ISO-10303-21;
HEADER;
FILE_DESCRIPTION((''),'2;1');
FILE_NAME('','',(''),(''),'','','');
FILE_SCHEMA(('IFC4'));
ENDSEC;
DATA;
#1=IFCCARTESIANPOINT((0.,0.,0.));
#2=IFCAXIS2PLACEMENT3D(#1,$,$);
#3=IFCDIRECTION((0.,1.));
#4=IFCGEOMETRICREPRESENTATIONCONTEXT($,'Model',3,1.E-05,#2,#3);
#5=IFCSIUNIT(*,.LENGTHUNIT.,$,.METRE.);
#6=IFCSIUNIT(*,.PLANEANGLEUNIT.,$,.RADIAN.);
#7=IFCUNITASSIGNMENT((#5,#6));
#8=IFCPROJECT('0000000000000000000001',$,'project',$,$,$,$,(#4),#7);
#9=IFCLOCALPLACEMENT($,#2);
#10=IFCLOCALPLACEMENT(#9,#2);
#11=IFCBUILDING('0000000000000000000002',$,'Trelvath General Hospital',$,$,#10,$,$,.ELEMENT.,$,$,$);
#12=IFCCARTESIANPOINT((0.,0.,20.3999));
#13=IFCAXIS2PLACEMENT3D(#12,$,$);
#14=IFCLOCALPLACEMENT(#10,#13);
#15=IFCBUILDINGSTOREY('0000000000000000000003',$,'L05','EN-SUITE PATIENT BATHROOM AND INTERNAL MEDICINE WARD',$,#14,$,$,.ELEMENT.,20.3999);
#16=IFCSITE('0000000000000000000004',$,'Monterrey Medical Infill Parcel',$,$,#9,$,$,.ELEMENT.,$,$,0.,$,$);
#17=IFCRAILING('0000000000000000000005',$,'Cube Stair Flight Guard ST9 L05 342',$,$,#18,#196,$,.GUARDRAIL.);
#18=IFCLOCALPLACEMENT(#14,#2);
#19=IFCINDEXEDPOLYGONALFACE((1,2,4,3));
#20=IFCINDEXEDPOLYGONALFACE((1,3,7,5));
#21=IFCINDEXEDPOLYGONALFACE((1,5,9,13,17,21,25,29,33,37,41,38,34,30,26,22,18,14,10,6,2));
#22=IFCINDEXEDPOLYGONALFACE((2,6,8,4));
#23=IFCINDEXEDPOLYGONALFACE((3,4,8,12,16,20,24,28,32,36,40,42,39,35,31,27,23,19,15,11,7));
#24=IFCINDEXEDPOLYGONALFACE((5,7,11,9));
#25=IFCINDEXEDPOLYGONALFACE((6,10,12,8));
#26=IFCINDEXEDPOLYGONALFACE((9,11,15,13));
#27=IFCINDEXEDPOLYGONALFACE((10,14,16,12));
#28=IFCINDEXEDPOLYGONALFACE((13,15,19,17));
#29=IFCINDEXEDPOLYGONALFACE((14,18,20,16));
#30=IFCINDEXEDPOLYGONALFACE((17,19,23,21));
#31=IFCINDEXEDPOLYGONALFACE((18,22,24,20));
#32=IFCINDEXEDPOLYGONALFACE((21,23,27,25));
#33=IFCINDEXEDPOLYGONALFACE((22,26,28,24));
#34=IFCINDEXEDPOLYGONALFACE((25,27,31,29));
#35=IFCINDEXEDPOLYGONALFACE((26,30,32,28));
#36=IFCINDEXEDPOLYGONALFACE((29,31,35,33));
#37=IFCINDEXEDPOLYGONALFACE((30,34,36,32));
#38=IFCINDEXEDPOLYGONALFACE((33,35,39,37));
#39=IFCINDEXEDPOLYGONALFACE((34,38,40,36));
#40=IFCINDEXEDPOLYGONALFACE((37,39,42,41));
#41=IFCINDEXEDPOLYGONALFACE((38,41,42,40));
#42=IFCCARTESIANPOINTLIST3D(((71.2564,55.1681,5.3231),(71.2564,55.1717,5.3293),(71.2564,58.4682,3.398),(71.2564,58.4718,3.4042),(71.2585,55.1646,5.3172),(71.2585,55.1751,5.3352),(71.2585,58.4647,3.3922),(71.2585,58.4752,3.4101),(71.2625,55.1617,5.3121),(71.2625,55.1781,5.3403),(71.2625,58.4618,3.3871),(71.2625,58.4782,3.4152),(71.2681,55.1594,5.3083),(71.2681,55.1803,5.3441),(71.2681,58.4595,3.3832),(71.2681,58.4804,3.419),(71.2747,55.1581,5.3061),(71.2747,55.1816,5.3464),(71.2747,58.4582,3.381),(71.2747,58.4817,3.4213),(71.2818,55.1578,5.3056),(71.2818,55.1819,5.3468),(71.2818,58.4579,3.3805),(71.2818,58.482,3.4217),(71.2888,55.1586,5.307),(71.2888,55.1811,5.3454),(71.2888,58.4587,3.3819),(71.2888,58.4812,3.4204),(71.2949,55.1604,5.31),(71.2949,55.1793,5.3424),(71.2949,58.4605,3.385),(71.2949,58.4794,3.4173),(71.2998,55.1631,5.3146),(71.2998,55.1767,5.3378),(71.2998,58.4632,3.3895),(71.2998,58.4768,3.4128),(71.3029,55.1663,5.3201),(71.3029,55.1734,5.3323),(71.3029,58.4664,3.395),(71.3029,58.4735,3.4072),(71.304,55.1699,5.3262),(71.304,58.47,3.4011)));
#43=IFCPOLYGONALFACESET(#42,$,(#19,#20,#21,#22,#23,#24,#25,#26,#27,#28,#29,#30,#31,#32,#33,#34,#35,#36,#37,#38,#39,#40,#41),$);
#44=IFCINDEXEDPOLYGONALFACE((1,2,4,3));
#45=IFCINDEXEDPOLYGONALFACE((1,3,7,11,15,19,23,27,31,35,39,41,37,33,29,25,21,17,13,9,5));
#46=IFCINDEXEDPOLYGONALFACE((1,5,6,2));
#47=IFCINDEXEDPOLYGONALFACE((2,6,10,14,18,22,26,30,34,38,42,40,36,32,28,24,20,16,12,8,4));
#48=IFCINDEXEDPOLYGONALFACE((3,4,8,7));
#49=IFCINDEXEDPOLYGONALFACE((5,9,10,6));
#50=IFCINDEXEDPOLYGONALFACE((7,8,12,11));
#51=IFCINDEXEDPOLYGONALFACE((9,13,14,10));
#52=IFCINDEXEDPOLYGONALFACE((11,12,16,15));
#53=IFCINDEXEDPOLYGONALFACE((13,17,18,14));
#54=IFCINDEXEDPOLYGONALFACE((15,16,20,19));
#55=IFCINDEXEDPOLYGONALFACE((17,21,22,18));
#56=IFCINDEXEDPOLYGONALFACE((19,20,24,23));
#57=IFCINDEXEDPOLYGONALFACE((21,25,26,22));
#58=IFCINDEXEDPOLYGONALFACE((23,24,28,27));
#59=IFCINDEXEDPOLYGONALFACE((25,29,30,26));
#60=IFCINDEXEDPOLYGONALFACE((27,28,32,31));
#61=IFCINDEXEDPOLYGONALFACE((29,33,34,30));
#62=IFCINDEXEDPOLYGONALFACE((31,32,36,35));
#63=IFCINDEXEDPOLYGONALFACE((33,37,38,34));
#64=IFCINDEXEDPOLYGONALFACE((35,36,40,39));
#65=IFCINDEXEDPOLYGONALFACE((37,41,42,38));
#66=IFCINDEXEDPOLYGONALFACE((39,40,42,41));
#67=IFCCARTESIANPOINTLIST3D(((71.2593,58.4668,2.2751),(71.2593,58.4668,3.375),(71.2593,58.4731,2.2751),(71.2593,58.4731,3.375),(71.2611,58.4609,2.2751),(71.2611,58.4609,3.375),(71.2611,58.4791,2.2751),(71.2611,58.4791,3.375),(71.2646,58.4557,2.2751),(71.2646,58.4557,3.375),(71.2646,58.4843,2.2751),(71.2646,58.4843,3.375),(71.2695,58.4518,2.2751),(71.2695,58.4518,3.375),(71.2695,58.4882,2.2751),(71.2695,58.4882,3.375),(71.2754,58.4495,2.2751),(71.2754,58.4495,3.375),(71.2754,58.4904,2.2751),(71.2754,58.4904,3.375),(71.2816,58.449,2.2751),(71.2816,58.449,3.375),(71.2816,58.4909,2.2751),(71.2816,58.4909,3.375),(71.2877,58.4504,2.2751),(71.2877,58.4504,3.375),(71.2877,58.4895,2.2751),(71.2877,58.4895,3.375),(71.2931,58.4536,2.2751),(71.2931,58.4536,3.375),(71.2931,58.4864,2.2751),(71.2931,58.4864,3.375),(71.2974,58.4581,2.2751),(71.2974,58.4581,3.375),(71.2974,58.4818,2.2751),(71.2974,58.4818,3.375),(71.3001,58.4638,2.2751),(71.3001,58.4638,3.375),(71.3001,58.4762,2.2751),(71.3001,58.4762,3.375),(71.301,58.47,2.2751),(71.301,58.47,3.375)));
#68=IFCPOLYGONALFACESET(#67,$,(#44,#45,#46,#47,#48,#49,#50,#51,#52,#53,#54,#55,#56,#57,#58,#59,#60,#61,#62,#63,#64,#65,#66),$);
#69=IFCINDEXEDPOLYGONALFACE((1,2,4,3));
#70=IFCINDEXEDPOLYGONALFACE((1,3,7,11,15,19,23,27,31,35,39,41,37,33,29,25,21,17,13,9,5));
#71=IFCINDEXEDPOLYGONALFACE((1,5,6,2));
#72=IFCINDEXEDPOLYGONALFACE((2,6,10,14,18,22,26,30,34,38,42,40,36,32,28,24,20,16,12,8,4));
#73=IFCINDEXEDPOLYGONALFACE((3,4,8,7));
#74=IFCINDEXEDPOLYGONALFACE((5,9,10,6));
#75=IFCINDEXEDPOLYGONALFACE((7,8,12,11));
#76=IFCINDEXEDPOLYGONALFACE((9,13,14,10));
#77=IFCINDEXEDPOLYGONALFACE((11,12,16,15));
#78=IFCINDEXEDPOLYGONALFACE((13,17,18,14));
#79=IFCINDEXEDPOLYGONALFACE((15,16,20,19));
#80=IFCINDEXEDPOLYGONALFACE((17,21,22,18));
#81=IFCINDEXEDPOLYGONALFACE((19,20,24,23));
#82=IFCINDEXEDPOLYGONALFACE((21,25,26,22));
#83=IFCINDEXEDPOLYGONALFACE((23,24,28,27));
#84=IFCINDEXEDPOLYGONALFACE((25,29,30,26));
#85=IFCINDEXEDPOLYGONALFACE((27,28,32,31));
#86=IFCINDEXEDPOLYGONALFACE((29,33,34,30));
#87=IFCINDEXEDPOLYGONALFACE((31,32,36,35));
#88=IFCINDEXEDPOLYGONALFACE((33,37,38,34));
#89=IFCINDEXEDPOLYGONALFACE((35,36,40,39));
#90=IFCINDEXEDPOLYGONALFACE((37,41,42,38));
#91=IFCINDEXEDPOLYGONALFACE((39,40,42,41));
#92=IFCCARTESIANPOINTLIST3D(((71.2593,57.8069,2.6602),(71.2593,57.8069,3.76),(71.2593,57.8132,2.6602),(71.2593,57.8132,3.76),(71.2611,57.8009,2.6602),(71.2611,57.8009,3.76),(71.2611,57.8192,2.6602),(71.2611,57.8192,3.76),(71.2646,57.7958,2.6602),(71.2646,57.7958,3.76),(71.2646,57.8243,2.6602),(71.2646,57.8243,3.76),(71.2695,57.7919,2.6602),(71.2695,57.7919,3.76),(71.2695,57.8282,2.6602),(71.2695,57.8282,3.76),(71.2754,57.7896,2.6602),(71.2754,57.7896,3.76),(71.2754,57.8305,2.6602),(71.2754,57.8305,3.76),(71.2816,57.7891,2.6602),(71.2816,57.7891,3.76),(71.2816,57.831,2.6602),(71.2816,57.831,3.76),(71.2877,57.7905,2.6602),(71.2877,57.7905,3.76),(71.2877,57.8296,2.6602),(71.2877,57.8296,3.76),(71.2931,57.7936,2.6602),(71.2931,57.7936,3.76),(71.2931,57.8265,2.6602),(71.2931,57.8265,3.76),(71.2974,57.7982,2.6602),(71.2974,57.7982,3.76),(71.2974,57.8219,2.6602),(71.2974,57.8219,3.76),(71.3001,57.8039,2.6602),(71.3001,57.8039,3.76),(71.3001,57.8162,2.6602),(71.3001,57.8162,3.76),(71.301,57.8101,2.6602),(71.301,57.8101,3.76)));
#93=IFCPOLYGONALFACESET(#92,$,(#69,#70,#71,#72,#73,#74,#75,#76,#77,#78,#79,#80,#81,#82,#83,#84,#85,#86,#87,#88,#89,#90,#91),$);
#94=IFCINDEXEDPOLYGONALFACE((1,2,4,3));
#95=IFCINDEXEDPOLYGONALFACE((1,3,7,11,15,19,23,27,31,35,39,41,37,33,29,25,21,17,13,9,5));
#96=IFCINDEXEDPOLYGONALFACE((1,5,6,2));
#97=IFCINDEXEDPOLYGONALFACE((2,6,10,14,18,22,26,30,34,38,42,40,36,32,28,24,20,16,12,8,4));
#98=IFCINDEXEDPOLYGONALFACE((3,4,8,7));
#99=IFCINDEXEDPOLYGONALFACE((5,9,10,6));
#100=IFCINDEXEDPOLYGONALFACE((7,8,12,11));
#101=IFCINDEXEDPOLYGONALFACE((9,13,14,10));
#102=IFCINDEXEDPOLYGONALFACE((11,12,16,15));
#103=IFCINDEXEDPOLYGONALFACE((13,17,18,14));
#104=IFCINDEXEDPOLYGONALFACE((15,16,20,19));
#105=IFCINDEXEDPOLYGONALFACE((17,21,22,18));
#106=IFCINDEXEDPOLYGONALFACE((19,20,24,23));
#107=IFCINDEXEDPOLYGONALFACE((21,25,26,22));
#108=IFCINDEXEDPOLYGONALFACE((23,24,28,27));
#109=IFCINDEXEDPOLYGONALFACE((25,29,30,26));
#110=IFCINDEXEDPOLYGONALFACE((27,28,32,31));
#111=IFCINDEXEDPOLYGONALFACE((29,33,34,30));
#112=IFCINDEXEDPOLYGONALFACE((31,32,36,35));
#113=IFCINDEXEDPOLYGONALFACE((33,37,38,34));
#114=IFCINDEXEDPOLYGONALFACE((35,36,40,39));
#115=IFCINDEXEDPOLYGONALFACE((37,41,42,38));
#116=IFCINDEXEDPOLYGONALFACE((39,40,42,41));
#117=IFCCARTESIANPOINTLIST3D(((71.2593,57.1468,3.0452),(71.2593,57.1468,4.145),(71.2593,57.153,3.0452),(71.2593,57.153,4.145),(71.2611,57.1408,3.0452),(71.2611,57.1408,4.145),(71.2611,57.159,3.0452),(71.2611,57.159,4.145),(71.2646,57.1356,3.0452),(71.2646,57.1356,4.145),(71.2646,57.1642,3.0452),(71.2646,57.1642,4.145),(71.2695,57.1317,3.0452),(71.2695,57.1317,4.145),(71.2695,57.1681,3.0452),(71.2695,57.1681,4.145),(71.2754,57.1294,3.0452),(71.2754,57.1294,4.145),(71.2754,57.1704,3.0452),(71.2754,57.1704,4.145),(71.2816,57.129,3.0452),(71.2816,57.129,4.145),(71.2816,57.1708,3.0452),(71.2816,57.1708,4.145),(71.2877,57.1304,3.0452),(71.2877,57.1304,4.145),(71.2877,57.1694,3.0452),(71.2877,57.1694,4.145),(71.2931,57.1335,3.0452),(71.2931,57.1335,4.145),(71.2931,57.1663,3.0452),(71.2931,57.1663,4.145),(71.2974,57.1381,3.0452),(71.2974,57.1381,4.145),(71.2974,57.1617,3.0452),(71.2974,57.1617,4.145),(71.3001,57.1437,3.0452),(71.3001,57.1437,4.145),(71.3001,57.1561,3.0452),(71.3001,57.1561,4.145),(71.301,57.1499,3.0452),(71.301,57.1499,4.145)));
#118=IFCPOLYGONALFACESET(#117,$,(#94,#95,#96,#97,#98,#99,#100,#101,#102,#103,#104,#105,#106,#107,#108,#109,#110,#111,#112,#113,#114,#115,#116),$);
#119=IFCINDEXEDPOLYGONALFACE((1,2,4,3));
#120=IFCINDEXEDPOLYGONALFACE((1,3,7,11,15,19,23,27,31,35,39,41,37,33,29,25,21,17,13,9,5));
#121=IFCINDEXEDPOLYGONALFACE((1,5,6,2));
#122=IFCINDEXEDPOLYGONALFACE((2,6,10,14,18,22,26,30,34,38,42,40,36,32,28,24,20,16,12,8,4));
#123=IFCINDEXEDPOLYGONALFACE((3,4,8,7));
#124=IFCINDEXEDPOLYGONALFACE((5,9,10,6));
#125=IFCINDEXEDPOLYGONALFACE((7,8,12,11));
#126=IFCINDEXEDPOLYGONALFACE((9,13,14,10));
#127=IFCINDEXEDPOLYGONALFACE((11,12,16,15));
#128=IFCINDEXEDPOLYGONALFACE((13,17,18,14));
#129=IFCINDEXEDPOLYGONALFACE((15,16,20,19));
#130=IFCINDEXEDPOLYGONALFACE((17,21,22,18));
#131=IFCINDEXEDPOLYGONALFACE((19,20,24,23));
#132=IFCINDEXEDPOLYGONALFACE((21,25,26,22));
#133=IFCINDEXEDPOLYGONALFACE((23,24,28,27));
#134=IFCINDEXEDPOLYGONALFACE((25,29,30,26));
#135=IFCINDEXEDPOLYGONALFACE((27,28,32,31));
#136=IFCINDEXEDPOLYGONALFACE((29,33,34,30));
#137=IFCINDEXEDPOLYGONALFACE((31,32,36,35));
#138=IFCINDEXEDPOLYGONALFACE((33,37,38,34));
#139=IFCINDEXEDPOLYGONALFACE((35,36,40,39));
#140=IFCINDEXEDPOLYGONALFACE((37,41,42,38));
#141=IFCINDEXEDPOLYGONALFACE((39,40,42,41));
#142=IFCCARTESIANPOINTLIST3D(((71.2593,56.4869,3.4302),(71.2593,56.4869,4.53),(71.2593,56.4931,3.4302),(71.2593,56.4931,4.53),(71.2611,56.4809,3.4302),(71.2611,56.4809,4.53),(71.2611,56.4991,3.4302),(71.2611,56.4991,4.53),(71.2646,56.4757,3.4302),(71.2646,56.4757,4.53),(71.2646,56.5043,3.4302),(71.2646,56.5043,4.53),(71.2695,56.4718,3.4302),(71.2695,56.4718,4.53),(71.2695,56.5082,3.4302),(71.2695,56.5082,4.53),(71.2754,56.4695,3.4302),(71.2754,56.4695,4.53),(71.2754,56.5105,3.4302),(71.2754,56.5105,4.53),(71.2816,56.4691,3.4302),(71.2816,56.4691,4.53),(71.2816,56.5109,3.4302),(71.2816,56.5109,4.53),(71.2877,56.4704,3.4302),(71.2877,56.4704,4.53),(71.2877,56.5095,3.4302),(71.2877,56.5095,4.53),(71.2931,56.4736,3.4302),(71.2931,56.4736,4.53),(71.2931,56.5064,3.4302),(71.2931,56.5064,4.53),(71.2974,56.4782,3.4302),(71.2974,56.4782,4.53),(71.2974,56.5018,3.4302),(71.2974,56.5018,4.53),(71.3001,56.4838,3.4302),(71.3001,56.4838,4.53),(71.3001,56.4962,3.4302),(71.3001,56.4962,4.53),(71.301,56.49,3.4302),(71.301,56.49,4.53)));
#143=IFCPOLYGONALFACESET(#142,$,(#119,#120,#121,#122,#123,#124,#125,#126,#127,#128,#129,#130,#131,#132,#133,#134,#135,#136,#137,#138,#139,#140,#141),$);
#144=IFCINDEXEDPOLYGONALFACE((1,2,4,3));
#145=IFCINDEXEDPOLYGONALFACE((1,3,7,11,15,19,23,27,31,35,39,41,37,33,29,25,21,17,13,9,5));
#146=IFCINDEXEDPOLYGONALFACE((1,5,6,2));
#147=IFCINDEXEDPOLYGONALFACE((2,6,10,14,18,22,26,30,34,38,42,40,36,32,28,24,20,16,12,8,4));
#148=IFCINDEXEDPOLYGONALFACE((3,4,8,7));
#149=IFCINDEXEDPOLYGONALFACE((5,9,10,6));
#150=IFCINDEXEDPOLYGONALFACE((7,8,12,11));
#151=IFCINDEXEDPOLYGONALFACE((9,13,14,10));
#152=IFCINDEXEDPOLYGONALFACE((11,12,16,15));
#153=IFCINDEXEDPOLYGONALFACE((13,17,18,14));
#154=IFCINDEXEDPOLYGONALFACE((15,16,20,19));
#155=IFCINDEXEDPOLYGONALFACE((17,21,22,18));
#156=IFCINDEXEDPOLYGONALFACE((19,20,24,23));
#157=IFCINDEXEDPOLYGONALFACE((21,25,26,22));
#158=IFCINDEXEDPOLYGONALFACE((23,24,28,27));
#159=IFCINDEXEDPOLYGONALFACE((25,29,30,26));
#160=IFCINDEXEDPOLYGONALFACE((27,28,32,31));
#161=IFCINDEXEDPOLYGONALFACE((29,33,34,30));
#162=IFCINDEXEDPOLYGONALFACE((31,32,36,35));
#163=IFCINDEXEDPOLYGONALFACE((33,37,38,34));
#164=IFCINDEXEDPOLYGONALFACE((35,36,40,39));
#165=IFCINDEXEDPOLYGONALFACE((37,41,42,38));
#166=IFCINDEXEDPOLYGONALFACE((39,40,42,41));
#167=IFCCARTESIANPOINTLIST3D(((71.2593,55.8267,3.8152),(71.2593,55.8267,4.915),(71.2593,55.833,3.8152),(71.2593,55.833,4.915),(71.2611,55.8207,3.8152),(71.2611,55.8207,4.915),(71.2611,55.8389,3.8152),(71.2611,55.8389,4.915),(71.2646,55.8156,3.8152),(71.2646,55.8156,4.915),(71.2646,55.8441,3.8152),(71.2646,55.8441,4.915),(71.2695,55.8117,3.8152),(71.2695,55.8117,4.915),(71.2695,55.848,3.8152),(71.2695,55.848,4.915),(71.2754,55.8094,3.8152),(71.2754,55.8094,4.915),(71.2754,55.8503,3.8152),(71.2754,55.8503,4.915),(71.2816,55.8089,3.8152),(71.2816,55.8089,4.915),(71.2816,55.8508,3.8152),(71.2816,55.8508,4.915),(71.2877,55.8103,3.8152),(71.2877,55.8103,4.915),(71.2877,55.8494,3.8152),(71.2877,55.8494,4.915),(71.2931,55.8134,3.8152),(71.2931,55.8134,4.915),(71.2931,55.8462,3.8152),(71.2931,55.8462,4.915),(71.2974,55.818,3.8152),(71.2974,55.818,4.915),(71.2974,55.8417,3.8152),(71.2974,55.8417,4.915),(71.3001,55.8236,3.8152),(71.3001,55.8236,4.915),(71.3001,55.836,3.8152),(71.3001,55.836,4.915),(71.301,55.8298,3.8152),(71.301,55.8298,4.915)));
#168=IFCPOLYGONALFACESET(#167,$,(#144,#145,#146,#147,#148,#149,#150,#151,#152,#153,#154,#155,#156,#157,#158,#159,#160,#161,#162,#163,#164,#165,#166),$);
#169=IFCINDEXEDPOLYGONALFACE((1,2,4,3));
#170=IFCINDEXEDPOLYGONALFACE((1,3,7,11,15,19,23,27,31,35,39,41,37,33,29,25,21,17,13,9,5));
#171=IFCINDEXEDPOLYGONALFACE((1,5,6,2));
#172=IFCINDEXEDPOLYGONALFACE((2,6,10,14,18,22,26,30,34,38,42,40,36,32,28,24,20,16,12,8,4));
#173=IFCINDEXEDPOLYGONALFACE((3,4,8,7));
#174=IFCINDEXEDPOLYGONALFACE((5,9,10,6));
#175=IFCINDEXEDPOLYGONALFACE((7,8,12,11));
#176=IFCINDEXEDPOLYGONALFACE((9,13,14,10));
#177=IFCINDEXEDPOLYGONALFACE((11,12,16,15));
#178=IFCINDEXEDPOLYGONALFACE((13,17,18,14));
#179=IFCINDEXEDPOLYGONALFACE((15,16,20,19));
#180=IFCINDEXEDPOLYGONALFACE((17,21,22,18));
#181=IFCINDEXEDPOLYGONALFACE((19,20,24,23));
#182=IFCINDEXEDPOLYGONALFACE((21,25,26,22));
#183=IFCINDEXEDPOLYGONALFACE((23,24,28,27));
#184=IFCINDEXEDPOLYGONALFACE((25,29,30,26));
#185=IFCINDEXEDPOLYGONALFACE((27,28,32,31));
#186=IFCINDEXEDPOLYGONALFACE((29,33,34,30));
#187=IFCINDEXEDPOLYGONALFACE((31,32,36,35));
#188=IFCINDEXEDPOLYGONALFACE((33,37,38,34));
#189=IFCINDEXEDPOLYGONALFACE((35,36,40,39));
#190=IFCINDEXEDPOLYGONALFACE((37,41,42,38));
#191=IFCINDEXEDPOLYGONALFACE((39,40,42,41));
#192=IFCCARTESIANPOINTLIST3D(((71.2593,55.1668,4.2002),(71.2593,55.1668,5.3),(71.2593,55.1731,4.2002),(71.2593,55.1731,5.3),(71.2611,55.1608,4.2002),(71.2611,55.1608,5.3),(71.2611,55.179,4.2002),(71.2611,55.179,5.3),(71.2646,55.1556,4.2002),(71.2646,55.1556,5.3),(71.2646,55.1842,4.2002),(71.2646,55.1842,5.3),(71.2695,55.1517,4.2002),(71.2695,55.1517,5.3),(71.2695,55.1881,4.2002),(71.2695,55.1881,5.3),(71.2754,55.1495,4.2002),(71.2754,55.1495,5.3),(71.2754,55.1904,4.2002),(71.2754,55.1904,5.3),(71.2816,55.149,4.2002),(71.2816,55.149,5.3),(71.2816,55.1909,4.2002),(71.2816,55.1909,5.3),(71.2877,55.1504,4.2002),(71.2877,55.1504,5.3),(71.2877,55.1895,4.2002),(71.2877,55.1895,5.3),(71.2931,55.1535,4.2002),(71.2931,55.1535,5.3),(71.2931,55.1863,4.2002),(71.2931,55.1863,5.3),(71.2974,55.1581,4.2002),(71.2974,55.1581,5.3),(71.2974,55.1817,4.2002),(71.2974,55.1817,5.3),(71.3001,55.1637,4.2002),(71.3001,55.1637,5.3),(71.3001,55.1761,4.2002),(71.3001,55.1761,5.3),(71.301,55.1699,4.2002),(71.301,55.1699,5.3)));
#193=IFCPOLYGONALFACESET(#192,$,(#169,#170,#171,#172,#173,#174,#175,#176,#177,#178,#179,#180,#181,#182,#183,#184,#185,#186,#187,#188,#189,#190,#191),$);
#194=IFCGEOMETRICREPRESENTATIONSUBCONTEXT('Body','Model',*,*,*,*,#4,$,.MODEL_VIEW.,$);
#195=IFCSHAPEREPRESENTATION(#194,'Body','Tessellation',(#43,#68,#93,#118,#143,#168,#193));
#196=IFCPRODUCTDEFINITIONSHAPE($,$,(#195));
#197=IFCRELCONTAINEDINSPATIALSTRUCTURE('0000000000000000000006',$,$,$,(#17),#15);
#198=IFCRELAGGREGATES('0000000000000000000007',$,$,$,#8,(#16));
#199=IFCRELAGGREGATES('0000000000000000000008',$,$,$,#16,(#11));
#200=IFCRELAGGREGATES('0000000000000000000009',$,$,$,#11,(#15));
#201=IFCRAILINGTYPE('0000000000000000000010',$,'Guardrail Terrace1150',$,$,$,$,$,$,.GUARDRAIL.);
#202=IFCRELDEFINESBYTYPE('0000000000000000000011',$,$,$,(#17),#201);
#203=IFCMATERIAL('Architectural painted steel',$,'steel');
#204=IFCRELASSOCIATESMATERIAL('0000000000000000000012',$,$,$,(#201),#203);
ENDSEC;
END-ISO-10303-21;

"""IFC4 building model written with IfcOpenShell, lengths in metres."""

from ifc_helpers import new_model, si_unit, direction, frame, origin, origin_2d, place, context, subcontext, project, spatial, circle, extrude, material, type_object, element, save


model = new_model("IFC4")

# Units and contexts
model_context = context("Model", 3, precision=1e-05, world=origin(), true_north=direction((0.0, 1.0)))
body_context = subcontext(model_context, "Body", "Model", "MODEL_VIEW")
ifc_project = project(units=[si_unit("LENGTHUNIT", "METRE"), si_unit("PLANEANGLEUNIT", "RADIAN")], contexts=[model_context])

# Site, building, storey
site_placement = place(None, origin())
site = spatial("IfcSite", under=ifc_project, at=site_placement, Name="Monterrey Medical Infill Parcel", CompositionType="ELEMENT", RefElevation=0.0)
building_placement = place(site_placement, origin())
building = spatial("IfcBuilding", under=site, at=building_placement, Name="Trelvath General Hospital", CompositionType="ELEMENT")
storey_placement = place(building_placement, frame((0.0, 0.0, 20.3999)))
storey = spatial("IfcBuildingStorey", under=building, at=storey_placement, Name="L05", Description="EN-SUITE PATIENT BATHROOM AND INTERNAL MEDICINE WARD", CompositionType="ELEMENT", Elevation=20.3999)

# Railing
ifc_material_1 = material(Name="Architectural painted steel", Category="steel")
railing_type_1 = type_object("IfcRailingType", Name="Guardrail Terrace1150", PredefinedType="GUARDRAIL", material=ifc_material_1)
for number, where, name in (
    (1, (71.28, 58.47, 2.2751), "Cube Stair Flight Guard ST9 L05 342"),
):
    element("IfcRailing", number, at=place(storey_placement, frame(where)), inside=storey, type_object=railing_type_1, Name=name, PredefinedType="GUARDRAIL", context=body_context, shape_type="SweptSolid", body=[
        extrude(circle(Radius=0.0239, at=origin_2d()), frame((0.0, 0.0, 1.126), z_axis=(0.0, -0.863777, 0.503875), x_axis=(1.0, 0.0, 0.0)), (0.0, 0.0, 1.0), 3.8206),
        extrude(circle(Radius=0.021, at=origin_2d()), origin(), (0.0, 0.0, 1.0), 1.0999),
        extrude(circle(Radius=0.021, at=origin_2d()), frame((0.0, -0.6599, 0.385)), (0.0, 0.0, 1.0), 1.0999),
        extrude(circle(Radius=0.021, at=origin_2d()), frame((0.0, -1.3201, 0.77)), (0.0, 0.0, 1.0), 1.0999),
        extrude(circle(Radius=0.021, at=origin_2d()), frame((0.0, -1.98, 1.155)), (0.0, 0.0, 1.0), 1.0999),
        extrude(circle(Radius=0.021, at=origin_2d()), frame((0.0, -2.6401, 1.54)), (0.0, 0.0, 1.0), 1.0999),
        extrude(circle(Radius=0.021, at=origin_2d()), frame((0.0, -3.3, 1.925)), (0.0, 0.0, 1.0), 1.0999),
    ])

save(model, "model.ifc")
